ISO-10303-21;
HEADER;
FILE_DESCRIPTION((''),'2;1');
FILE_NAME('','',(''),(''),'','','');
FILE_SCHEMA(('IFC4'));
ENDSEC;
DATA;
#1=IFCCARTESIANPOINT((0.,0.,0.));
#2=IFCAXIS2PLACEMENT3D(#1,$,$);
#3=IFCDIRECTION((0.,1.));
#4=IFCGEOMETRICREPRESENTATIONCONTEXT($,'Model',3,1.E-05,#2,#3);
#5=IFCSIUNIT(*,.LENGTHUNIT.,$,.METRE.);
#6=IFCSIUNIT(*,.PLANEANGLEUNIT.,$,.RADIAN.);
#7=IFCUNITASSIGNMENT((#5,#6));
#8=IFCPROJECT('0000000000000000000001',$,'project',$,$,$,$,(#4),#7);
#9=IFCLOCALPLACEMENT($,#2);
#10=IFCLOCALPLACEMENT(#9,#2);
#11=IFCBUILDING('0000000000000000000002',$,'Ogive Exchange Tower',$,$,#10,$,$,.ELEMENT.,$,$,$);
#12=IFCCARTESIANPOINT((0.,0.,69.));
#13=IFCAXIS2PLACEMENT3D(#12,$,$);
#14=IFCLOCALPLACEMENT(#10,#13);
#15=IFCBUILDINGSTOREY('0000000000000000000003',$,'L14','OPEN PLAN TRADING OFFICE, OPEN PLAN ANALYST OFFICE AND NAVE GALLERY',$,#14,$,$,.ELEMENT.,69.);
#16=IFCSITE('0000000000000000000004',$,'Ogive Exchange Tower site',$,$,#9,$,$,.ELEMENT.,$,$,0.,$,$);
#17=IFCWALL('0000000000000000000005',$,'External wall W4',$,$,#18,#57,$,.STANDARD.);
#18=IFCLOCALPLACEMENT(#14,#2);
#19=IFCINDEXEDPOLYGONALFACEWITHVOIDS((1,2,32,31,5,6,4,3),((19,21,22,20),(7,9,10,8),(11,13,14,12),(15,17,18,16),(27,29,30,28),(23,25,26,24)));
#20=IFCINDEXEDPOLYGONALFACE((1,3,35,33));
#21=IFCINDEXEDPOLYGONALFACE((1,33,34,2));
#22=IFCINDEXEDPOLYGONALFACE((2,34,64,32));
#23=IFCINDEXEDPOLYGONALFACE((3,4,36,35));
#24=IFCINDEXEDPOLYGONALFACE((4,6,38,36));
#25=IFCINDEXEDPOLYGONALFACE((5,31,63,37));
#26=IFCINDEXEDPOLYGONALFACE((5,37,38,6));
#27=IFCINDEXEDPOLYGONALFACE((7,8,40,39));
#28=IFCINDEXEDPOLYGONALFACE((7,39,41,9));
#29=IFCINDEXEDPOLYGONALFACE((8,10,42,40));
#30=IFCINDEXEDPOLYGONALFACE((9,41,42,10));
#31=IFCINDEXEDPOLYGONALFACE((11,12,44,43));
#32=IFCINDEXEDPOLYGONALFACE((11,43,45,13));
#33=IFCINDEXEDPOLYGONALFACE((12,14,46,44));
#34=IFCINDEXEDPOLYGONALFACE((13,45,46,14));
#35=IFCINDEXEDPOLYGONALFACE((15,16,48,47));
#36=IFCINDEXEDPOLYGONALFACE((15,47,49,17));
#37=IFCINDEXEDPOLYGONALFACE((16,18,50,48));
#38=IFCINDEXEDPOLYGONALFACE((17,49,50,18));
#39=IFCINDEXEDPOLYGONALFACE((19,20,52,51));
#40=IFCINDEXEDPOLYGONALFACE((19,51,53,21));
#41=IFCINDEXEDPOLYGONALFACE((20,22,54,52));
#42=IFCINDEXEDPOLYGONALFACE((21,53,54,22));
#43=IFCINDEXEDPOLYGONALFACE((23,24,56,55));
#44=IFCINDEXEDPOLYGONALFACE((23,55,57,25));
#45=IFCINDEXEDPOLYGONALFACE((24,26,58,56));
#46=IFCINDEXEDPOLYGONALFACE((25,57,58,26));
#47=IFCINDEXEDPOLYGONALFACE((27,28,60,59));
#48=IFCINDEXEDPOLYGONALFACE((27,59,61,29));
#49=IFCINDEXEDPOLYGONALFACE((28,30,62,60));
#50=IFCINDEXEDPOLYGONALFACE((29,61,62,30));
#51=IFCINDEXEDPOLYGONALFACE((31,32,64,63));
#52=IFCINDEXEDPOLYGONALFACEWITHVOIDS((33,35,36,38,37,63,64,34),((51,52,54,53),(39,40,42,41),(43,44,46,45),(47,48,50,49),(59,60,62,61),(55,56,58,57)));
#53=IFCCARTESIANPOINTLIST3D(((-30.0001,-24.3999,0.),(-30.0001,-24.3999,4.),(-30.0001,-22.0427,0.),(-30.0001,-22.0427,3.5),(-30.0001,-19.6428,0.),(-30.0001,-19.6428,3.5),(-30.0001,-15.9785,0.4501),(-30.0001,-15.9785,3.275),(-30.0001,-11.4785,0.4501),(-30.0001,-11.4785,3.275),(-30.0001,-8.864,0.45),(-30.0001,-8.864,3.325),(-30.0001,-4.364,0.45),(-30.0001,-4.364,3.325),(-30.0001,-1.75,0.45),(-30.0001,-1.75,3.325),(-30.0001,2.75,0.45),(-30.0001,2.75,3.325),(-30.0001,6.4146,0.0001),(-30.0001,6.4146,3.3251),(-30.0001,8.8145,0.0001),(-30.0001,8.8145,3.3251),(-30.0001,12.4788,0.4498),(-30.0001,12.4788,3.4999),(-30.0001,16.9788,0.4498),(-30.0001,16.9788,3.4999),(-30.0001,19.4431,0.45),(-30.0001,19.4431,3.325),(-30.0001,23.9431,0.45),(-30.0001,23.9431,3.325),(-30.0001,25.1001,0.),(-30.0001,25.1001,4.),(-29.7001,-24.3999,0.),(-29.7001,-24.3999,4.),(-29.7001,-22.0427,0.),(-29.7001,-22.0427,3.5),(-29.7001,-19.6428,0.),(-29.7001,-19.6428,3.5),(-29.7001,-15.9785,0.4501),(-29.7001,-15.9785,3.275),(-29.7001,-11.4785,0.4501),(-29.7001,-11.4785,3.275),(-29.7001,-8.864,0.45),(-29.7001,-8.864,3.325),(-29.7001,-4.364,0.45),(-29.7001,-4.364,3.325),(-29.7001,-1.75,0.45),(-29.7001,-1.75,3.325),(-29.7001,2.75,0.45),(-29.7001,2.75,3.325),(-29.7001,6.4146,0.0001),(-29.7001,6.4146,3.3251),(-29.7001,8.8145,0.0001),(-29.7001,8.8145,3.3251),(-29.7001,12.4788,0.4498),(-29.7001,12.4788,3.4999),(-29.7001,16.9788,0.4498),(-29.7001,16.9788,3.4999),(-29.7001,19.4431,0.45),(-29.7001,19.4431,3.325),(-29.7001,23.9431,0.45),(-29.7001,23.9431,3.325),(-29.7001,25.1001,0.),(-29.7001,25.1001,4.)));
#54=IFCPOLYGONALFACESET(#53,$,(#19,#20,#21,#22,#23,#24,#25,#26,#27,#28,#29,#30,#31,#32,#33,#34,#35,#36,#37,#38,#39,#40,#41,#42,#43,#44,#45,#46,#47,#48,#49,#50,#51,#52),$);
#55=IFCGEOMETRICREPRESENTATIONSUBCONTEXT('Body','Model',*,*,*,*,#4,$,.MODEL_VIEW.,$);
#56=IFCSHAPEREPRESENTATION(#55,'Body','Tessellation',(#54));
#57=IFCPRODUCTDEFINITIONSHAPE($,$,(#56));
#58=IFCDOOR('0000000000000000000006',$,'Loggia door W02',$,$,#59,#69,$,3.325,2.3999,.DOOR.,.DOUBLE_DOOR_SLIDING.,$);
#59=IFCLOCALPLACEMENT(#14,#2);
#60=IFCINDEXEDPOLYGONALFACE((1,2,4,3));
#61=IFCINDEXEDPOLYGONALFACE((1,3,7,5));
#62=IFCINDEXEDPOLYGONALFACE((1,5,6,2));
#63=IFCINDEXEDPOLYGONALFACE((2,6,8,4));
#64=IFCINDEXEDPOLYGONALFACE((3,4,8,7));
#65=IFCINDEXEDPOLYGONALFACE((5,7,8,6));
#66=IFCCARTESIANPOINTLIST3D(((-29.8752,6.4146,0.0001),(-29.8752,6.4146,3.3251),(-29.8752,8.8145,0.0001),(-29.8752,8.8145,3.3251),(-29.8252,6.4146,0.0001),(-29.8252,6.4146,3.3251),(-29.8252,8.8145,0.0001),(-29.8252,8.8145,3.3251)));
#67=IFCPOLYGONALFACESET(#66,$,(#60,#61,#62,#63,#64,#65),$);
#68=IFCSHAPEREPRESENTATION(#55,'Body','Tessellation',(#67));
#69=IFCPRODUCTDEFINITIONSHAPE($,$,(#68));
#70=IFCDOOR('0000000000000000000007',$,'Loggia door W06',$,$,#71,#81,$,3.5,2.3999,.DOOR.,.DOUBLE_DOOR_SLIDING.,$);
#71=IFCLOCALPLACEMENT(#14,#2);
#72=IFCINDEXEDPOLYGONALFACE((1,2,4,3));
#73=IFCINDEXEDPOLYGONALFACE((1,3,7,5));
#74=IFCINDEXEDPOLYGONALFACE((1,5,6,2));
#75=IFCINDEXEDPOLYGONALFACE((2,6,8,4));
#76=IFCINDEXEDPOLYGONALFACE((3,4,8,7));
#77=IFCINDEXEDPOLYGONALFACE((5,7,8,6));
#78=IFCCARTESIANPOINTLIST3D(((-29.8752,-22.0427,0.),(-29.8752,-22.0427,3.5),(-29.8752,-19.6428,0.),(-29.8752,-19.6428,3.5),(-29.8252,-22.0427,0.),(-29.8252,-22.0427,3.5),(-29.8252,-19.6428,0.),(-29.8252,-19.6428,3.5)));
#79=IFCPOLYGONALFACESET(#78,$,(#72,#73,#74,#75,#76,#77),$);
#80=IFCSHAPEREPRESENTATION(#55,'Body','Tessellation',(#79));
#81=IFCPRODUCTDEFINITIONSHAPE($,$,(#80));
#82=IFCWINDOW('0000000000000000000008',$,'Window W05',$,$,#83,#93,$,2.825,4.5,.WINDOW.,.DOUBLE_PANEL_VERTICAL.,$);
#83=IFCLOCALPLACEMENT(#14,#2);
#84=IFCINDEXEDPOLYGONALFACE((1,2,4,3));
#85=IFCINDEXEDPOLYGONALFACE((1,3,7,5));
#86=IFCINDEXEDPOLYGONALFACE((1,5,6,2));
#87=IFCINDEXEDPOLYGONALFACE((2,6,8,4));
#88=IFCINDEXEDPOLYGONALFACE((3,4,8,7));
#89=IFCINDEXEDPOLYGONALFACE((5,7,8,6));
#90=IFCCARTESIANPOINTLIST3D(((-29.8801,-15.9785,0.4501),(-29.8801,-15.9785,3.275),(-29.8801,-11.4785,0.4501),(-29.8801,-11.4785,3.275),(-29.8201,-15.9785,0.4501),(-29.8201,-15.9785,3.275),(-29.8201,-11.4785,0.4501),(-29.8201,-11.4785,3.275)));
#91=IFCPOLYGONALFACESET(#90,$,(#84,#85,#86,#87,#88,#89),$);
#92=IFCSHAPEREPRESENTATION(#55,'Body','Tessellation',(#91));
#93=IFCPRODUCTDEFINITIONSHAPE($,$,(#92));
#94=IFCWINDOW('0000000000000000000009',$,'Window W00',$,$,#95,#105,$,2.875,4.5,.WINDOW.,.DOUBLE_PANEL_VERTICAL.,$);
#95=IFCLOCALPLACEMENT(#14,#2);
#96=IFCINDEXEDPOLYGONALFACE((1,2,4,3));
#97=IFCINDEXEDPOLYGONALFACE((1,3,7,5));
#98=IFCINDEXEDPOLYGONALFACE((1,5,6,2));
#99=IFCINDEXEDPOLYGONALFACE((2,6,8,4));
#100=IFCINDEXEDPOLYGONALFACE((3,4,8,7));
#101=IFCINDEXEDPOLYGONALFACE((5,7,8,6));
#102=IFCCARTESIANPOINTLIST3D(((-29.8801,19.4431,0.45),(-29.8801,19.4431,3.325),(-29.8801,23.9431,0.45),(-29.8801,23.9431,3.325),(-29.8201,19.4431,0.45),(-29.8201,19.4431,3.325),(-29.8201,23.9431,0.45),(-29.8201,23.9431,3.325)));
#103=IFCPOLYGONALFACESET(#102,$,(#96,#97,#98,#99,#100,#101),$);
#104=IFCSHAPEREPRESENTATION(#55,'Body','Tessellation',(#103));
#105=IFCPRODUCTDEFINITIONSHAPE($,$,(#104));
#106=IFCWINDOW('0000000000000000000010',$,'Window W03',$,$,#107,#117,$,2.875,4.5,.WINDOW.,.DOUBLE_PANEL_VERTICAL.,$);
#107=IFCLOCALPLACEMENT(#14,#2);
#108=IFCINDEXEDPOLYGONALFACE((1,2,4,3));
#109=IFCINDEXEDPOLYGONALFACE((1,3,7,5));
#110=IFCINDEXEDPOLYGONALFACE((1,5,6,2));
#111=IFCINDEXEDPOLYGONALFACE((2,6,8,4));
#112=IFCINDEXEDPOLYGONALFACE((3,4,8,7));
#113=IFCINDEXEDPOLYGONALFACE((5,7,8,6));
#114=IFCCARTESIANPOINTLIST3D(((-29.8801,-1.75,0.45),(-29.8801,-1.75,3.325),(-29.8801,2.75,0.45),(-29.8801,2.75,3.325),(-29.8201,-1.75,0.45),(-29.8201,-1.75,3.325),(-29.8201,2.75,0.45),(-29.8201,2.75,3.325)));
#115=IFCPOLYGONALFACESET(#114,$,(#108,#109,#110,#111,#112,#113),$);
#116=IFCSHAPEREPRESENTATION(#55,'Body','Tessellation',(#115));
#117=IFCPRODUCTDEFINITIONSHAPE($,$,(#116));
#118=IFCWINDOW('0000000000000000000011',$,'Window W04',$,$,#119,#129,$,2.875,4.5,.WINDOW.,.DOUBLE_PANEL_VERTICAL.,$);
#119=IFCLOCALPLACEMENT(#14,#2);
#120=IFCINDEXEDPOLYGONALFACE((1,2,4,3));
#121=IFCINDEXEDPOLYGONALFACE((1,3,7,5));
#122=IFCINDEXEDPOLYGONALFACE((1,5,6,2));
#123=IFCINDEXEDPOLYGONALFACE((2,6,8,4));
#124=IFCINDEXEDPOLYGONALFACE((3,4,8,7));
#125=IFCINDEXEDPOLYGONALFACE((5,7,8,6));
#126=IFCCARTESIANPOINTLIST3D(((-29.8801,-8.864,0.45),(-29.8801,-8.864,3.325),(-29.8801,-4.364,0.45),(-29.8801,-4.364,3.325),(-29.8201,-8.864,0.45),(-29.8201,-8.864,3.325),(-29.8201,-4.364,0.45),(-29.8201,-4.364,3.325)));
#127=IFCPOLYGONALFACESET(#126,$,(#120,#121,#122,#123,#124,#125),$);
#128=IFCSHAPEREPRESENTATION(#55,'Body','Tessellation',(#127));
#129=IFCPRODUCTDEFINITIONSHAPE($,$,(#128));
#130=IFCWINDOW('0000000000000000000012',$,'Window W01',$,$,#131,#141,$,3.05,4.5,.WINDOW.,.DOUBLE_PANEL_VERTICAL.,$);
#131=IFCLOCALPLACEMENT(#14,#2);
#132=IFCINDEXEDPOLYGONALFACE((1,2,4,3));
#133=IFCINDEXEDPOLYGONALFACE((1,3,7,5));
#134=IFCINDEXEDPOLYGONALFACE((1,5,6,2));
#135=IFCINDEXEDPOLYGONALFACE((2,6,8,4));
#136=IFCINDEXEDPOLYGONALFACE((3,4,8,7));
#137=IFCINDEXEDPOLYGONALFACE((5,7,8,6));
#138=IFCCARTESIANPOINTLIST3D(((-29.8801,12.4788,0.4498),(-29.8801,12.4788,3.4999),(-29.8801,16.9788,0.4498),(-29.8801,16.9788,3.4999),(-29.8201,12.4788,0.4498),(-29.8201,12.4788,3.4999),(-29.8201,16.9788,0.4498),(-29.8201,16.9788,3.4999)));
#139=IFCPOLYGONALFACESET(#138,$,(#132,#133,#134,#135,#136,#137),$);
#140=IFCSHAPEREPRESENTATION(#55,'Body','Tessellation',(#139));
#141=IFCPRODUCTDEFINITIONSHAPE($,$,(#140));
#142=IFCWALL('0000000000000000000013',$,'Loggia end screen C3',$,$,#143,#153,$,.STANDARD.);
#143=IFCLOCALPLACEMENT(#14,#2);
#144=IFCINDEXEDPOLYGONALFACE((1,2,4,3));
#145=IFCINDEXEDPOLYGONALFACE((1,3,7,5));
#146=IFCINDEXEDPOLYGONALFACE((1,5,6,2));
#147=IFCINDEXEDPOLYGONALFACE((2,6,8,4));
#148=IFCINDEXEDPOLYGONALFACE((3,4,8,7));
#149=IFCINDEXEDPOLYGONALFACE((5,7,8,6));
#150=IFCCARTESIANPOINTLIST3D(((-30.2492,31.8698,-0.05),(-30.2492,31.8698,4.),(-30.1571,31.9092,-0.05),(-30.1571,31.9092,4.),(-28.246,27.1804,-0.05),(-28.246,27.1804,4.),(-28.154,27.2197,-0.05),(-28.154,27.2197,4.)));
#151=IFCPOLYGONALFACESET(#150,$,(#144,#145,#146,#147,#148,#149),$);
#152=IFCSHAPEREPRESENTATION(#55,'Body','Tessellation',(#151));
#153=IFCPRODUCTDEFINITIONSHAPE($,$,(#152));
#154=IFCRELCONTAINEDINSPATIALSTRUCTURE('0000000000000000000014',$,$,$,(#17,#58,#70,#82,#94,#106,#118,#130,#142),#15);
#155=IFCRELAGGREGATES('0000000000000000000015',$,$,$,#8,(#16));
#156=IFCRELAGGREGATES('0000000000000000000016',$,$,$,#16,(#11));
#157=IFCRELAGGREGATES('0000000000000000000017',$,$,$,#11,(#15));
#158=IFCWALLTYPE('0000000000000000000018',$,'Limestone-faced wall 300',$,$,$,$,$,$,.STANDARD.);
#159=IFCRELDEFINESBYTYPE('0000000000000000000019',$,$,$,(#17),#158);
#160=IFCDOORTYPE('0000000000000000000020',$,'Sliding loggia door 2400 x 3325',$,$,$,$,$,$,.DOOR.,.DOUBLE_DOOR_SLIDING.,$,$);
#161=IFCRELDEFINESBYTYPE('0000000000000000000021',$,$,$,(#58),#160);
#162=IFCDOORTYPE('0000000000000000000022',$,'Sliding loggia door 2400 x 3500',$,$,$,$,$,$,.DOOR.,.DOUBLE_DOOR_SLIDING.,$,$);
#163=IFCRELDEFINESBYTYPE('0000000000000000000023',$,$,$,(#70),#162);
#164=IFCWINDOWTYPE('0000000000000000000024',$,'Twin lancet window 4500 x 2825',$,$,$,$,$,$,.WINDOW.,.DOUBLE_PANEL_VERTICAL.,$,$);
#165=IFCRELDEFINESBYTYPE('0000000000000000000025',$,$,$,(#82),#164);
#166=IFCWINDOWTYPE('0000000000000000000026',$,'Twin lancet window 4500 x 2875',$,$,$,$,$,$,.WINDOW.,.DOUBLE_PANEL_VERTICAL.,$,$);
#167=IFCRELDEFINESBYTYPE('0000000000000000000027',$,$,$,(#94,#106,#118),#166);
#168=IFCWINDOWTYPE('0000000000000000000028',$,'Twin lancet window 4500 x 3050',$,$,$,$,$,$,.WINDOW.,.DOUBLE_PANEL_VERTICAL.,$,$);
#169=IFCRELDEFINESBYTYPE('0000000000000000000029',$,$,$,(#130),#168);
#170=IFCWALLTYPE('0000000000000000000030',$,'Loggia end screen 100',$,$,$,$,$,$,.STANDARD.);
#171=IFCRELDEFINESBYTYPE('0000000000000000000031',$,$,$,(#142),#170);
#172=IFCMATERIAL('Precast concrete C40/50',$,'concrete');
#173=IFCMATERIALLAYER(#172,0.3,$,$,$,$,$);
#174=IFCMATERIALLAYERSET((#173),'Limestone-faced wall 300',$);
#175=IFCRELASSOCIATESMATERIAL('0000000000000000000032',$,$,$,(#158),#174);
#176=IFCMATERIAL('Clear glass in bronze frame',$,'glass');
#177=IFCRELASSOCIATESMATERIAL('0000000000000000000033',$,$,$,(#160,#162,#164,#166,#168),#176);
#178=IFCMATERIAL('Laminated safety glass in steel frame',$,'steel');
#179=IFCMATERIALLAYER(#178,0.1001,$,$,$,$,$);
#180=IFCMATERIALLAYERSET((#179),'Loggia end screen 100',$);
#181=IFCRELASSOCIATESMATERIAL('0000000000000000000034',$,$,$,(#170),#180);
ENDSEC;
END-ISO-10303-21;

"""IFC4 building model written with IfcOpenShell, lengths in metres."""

from ifc_helpers import new_model, si_unit, direction, frame, frame_2d, origin, place, context, subcontext, project, spatial, rectangle, extrude, material, layer, layer_set, type_object, element, fill, save


model = new_model("IFC4")

# Units and contexts
model_context = context("Model", 3, precision=1e-05, world=origin(), true_north=direction((0.0, 1.0)))
body_context = subcontext(model_context, "Body", "Model", "MODEL_VIEW")
ifc_project = project(units=[si_unit("LENGTHUNIT", "METRE"), si_unit("PLANEANGLEUNIT", "RADIAN")], contexts=[model_context])

# Site, building, storey
site_placement = place(None, origin())
site = spatial("IfcSite", under=ifc_project, at=site_placement, Name="Ogive Exchange Tower site", CompositionType="ELEMENT", RefElevation=0.0)
building_placement = place(site_placement, origin())
building = spatial("IfcBuilding", under=site, at=building_placement, Name="Ogive Exchange Tower", CompositionType="ELEMENT")
storey_placement = place(building_placement, frame((0.0, 0.0, 69.0)))
storey = spatial("IfcBuildingStorey", under=building, at=storey_placement, Name="L14", Description="OPEN PLAN TRADING OFFICE, OPEN PLAN ANALYST OFFICE AND NAVE GALLERY", CompositionType="ELEMENT", Elevation=69.0)

# Wall, openings, doors, windows
ifc_material_1 = material(Name="Precast concrete C40/50", Category="concrete")
ifc_layer_1 = layer(ifc_material_1, 0.3)
ifc_layer_set_1 = layer_set([ifc_layer_1], Name="Limestone-faced wall 300")
wall_type_1 = type_object("IfcWallType", Name="Limestone-faced wall 300", PredefinedType="STANDARD", material=ifc_layer_set_1)
wall_1_placement = place(storey_placement, frame((-29.8501, 25.1001, 0.0), z_axis=(0.0, 0.0, 1.0), x_axis=(0.0, -1.0, 0.0)))
wall_1 = element("IfcWall", 1, at=wall_1_placement, inside=storey, type_object=wall_type_1, Name="External wall W4", PredefinedType="STANDARD", context=body_context, shape_type="SweptSolid", body=[
    extrude(rectangle(XDim=49.5, YDim=0.3, at=frame_2d((24.75, 0.0))), origin(), (0.0, 0.0, 1.0), 4.0),
])
opening_1_placement = place(wall_1_placement, frame((1.157, 0.0, 0.45)))
opening_1 = element("IfcOpeningElement", 2, at=opening_1_placement, cuts=wall_1, PredefinedType="OPENING", context=body_context, shape_type="SweptSolid", body=[
    extrude(rectangle(XDim=4.5, YDim=2.875, at=frame_2d((2.25, 1.4375))), frame((0.0, 0.1599, 0.0), z_axis=(0.0, -1.0, 0.0), x_axis=(1.0, 0.0, 0.0)), (0.0, 0.0, 1.0), 0.3201),
])
opening_2_placement = place(wall_1_placement, frame((8.1213, 0.0, 0.45)))
opening_2 = element("IfcOpeningElement", 3, at=opening_2_placement, cuts=wall_1, PredefinedType="OPENING", context=body_context, shape_type="SweptSolid", body=[
    extrude(rectangle(XDim=4.5, YDim=3.05, at=frame_2d((2.25, 1.5249))), frame((0.0, 0.1599, 0.0), z_axis=(0.0, -1.0, 0.0), x_axis=(1.0, 0.0, 0.0)), (0.0, 0.0, 1.0), 0.3201),
])
opening_3_placement = place(wall_1_placement, frame((16.2856, 0.0, 0.0)))
opening_3 = element("IfcOpeningElement", 4, at=opening_3_placement, cuts=wall_1, PredefinedType="OPENING", context=body_context, shape_type="SweptSolid", body=[
    extrude(rectangle(XDim=2.3999, YDim=3.325, at=frame_2d((1.2, 1.6626))), frame((0.0, 0.1599, 0.0), z_axis=(0.0, -1.0, 0.0), x_axis=(1.0, 0.0, 0.0)), (0.0, 0.0, 1.0), 0.3201),
])
opening_4_placement = place(wall_1_placement, frame((22.3501, 0.0, 0.45)))
opening_4 = element("IfcOpeningElement", 5, at=opening_4_placement, cuts=wall_1, PredefinedType="OPENING", context=body_context, shape_type="SweptSolid", body=[
    extrude(rectangle(XDim=4.5, YDim=2.875, at=frame_2d((2.25, 1.4375))), frame((0.0, 0.1599, 0.0), z_axis=(0.0, -1.0, 0.0), x_axis=(1.0, 0.0, 0.0)), (0.0, 0.0, 1.0), 0.3201),
])
opening_5_placement = place(wall_1_placement, frame((29.4641, 0.0, 0.45)))
opening_5 = element("IfcOpeningElement", 6, at=opening_5_placement, cuts=wall_1, PredefinedType="OPENING", context=body_context, shape_type="SweptSolid", body=[
    extrude(rectangle(XDim=4.5, YDim=2.875, at=frame_2d((2.25, 1.4375))), frame((0.0, 0.1599, 0.0), z_axis=(0.0, -1.0, 0.0), x_axis=(1.0, 0.0, 0.0)), (0.0, 0.0, 1.0), 0.3201),
])
opening_6_placement = place(wall_1_placement, frame((36.5786, 0.0, 0.45)))
opening_6 = element("IfcOpeningElement", 7, at=opening_6_placement, cuts=wall_1, PredefinedType="OPENING", context=body_context, shape_type="SweptSolid", body=[
    extrude(rectangle(XDim=4.5, YDim=2.825, at=frame_2d((2.25, 1.4126))), frame((0.0, 0.1599, 0.0), z_axis=(0.0, -1.0, 0.0), x_axis=(1.0, 0.0, 0.0)), (0.0, 0.0, 1.0), 0.3201),
])
opening_7_placement = place(wall_1_placement, frame((44.7429, 0.0, 0.0)))
opening_7 = element("IfcOpeningElement", 8, at=opening_7_placement, cuts=wall_1, PredefinedType="OPENING", context=body_context, shape_type="SweptSolid", body=[
    extrude(rectangle(XDim=2.3999, YDim=3.5, at=frame_2d((1.2, 1.75))), frame((0.0, 0.1599, 0.0), z_axis=(0.0, -1.0, 0.0), x_axis=(1.0, 0.0, 0.0)), (0.0, 0.0, 1.0), 0.3201),
])
ifc_material_2 = material(Name="Clear glass in bronze frame", Category="glass")
door_type_1 = type_object("IfcDoorType", Name="Sliding loggia door 2400 x 3325", OperationType="DOUBLE_DOOR_SLIDING", PredefinedType="DOOR", material=ifc_material_2)
door_1_placement = place(opening_3_placement, origin())
door_1 = element("IfcDoor", 9, at=door_1_placement, inside=storey, type_object=door_type_1, Name="Loggia door W02", OperationType="DOUBLE_DOOR_SLIDING", OverallHeight=3.325, OverallWidth=2.3999, PredefinedType="DOOR", context=body_context, shape_type="SweptSolid", body=[
    extrude(rectangle(XDim=2.3999, YDim=3.325, at=frame_2d((1.2, 1.6626))), frame((0.0, 0.0249, 0.0), z_axis=(0.0, -1.0, 0.0), x_axis=(1.0, 0.0, 0.0)), (0.0, 0.0, 1.0), 0.05),
])
fill(opening_3, door_1)
door_type_2 = type_object("IfcDoorType", Name="Sliding loggia door 2400 x 3500", OperationType="DOUBLE_DOOR_SLIDING", PredefinedType="DOOR", material=ifc_material_2)
door_2_placement = place(opening_7_placement, origin())
door_2 = element("IfcDoor", 10, at=door_2_placement, inside=storey, type_object=door_type_2, Name="Loggia door W06", OperationType="DOUBLE_DOOR_SLIDING", OverallHeight=3.5, OverallWidth=2.3999, PredefinedType="DOOR", context=body_context, shape_type="SweptSolid", body=[
    extrude(rectangle(XDim=2.3999, YDim=3.5, at=frame_2d((1.2, 1.75))), frame((0.0, 0.0249, 0.0), z_axis=(0.0, -1.0, 0.0), x_axis=(1.0, 0.0, 0.0)), (0.0, 0.0, 1.0), 0.05),
])
fill(opening_7, door_2)
window_type_1 = type_object("IfcWindowType", Name="Twin lancet window 4500 x 2825", PartitioningType="DOUBLE_PANEL_VERTICAL", PredefinedType="WINDOW", material=ifc_material_2)
window_1_placement = place(opening_6_placement, origin())
window_1 = element("IfcWindow", 11, at=window_1_placement, inside=storey, type_object=window_type_1, Name="Window W05", OverallHeight=2.825, OverallWidth=4.5, PartitioningType="DOUBLE_PANEL_VERTICAL", PredefinedType="WINDOW", context=body_context, shape_type="SweptSolid", body=[
    extrude(rectangle(XDim=4.5, YDim=2.825, at=frame_2d((2.25, 1.4126))), frame((0.0, 0.03, 0.0), z_axis=(0.0, -1.0, 0.0), x_axis=(1.0, 0.0, 0.0)), (0.0, 0.0, 1.0), 0.0601),
])
fill(opening_6, window_1)
window_type_2 = type_object("IfcWindowType", Name="Twin lancet window 4500 x 2875", PartitioningType="DOUBLE_PANEL_VERTICAL", PredefinedType="WINDOW", material=ifc_material_2)
window_2_placement = place(opening_1_placement, origin())
window_2 = element("IfcWindow", 12, at=window_2_placement, inside=storey, type_object=window_type_2, Name="Window W00", OverallHeight=2.875, OverallWidth=4.5, PartitioningType="DOUBLE_PANEL_VERTICAL", PredefinedType="WINDOW", context=body_context, shape_type="SweptSolid", body=[
    extrude(rectangle(XDim=4.5, YDim=2.875, at=frame_2d((2.25, 1.4375))), frame((0.0, 0.03, 0.0), z_axis=(0.0, -1.0, 0.0), x_axis=(1.0, 0.0, 0.0)), (0.0, 0.0, 1.0), 0.0601),
])
fill(opening_1, window_2)
window_3_placement = place(opening_4_placement, origin())
window_3 = element("IfcWindow", 13, at=window_3_placement, inside=storey, type_object=window_type_2, Name="Window W03", OverallHeight=2.875, OverallWidth=4.5, PartitioningType="DOUBLE_PANEL_VERTICAL", PredefinedType="WINDOW", context=body_context, shape_type="SweptSolid", body=[
    extrude(rectangle(XDim=4.5, YDim=2.875, at=frame_2d((2.25, 1.4375))), frame((0.0, 0.03, 0.0), z_axis=(0.0, -1.0, 0.0), x_axis=(1.0, 0.0, 0.0)), (0.0, 0.0, 1.0), 0.0601),
])
fill(opening_4, window_3)
window_4_placement = place(opening_5_placement, origin())
window_4 = element("IfcWindow", 14, at=window_4_placement, inside=storey, type_object=window_type_2, Name="Window W04", OverallHeight=2.875, OverallWidth=4.5, PartitioningType="DOUBLE_PANEL_VERTICAL", PredefinedType="WINDOW", context=body_context, shape_type="SweptSolid", body=[
    extrude(rectangle(XDim=4.5, YDim=2.875, at=frame_2d((2.25, 1.4375))), frame((0.0, 0.03, 0.0), z_axis=(0.0, -1.0, 0.0), x_axis=(1.0, 0.0, 0.0)), (0.0, 0.0, 1.0), 0.0601),
])
fill(opening_5, window_4)
window_type_3 = type_object("IfcWindowType", Name="Twin lancet window 4500 x 3050", PartitioningType="DOUBLE_PANEL_VERTICAL", PredefinedType="WINDOW", material=ifc_material_2)
window_5_placement = place(opening_2_placement, origin())
window_5 = element("IfcWindow", 15, at=window_5_placement, inside=storey, type_object=window_type_3, Name="Window W01", OverallHeight=3.05, OverallWidth=4.5, PartitioningType="DOUBLE_PANEL_VERTICAL", PredefinedType="WINDOW", context=body_context, shape_type="SweptSolid", body=[
    extrude(rectangle(XDim=4.5, YDim=3.05, at=frame_2d((2.25, 1.5249))), frame((0.0, 0.03, 0.0), z_axis=(0.0, -1.0, 0.0), x_axis=(1.0, 0.0, 0.0)), (0.0, 0.0, 1.0), 0.0601),
])
fill(opening_2, window_5)

# Wall
ifc_material_3 = material(Name="Laminated safety glass in steel frame", Category="steel")
ifc_layer_2 = layer(ifc_material_3, 0.1001)
ifc_layer_set_2 = layer_set([ifc_layer_2], Name="Loggia end screen 100")
wall_type_2 = type_object("IfcWallType", Name="Loggia end screen 100", PredefinedType="STANDARD", material=ifc_layer_set_2)
wall_2_placement = place(storey_placement, frame((-28.2, 27.2, -0.05), z_axis=(0.0, 0.0, 1.0), x_axis=(-0.392827, 0.919612, 0.0)))
element("IfcWall", 16, at=wall_2_placement, inside=storey, type_object=wall_type_2, Name="Loggia end screen C3", PredefinedType="STANDARD", context=body_context, shape_type="SweptSolid", body=[
    extrude(rectangle(XDim=5.0994, YDim=0.1001, at=frame_2d((2.5498, 0.0))), origin(), (0.0, 0.0, 1.0), 4.05),
])

save(model, "model.ifc")
